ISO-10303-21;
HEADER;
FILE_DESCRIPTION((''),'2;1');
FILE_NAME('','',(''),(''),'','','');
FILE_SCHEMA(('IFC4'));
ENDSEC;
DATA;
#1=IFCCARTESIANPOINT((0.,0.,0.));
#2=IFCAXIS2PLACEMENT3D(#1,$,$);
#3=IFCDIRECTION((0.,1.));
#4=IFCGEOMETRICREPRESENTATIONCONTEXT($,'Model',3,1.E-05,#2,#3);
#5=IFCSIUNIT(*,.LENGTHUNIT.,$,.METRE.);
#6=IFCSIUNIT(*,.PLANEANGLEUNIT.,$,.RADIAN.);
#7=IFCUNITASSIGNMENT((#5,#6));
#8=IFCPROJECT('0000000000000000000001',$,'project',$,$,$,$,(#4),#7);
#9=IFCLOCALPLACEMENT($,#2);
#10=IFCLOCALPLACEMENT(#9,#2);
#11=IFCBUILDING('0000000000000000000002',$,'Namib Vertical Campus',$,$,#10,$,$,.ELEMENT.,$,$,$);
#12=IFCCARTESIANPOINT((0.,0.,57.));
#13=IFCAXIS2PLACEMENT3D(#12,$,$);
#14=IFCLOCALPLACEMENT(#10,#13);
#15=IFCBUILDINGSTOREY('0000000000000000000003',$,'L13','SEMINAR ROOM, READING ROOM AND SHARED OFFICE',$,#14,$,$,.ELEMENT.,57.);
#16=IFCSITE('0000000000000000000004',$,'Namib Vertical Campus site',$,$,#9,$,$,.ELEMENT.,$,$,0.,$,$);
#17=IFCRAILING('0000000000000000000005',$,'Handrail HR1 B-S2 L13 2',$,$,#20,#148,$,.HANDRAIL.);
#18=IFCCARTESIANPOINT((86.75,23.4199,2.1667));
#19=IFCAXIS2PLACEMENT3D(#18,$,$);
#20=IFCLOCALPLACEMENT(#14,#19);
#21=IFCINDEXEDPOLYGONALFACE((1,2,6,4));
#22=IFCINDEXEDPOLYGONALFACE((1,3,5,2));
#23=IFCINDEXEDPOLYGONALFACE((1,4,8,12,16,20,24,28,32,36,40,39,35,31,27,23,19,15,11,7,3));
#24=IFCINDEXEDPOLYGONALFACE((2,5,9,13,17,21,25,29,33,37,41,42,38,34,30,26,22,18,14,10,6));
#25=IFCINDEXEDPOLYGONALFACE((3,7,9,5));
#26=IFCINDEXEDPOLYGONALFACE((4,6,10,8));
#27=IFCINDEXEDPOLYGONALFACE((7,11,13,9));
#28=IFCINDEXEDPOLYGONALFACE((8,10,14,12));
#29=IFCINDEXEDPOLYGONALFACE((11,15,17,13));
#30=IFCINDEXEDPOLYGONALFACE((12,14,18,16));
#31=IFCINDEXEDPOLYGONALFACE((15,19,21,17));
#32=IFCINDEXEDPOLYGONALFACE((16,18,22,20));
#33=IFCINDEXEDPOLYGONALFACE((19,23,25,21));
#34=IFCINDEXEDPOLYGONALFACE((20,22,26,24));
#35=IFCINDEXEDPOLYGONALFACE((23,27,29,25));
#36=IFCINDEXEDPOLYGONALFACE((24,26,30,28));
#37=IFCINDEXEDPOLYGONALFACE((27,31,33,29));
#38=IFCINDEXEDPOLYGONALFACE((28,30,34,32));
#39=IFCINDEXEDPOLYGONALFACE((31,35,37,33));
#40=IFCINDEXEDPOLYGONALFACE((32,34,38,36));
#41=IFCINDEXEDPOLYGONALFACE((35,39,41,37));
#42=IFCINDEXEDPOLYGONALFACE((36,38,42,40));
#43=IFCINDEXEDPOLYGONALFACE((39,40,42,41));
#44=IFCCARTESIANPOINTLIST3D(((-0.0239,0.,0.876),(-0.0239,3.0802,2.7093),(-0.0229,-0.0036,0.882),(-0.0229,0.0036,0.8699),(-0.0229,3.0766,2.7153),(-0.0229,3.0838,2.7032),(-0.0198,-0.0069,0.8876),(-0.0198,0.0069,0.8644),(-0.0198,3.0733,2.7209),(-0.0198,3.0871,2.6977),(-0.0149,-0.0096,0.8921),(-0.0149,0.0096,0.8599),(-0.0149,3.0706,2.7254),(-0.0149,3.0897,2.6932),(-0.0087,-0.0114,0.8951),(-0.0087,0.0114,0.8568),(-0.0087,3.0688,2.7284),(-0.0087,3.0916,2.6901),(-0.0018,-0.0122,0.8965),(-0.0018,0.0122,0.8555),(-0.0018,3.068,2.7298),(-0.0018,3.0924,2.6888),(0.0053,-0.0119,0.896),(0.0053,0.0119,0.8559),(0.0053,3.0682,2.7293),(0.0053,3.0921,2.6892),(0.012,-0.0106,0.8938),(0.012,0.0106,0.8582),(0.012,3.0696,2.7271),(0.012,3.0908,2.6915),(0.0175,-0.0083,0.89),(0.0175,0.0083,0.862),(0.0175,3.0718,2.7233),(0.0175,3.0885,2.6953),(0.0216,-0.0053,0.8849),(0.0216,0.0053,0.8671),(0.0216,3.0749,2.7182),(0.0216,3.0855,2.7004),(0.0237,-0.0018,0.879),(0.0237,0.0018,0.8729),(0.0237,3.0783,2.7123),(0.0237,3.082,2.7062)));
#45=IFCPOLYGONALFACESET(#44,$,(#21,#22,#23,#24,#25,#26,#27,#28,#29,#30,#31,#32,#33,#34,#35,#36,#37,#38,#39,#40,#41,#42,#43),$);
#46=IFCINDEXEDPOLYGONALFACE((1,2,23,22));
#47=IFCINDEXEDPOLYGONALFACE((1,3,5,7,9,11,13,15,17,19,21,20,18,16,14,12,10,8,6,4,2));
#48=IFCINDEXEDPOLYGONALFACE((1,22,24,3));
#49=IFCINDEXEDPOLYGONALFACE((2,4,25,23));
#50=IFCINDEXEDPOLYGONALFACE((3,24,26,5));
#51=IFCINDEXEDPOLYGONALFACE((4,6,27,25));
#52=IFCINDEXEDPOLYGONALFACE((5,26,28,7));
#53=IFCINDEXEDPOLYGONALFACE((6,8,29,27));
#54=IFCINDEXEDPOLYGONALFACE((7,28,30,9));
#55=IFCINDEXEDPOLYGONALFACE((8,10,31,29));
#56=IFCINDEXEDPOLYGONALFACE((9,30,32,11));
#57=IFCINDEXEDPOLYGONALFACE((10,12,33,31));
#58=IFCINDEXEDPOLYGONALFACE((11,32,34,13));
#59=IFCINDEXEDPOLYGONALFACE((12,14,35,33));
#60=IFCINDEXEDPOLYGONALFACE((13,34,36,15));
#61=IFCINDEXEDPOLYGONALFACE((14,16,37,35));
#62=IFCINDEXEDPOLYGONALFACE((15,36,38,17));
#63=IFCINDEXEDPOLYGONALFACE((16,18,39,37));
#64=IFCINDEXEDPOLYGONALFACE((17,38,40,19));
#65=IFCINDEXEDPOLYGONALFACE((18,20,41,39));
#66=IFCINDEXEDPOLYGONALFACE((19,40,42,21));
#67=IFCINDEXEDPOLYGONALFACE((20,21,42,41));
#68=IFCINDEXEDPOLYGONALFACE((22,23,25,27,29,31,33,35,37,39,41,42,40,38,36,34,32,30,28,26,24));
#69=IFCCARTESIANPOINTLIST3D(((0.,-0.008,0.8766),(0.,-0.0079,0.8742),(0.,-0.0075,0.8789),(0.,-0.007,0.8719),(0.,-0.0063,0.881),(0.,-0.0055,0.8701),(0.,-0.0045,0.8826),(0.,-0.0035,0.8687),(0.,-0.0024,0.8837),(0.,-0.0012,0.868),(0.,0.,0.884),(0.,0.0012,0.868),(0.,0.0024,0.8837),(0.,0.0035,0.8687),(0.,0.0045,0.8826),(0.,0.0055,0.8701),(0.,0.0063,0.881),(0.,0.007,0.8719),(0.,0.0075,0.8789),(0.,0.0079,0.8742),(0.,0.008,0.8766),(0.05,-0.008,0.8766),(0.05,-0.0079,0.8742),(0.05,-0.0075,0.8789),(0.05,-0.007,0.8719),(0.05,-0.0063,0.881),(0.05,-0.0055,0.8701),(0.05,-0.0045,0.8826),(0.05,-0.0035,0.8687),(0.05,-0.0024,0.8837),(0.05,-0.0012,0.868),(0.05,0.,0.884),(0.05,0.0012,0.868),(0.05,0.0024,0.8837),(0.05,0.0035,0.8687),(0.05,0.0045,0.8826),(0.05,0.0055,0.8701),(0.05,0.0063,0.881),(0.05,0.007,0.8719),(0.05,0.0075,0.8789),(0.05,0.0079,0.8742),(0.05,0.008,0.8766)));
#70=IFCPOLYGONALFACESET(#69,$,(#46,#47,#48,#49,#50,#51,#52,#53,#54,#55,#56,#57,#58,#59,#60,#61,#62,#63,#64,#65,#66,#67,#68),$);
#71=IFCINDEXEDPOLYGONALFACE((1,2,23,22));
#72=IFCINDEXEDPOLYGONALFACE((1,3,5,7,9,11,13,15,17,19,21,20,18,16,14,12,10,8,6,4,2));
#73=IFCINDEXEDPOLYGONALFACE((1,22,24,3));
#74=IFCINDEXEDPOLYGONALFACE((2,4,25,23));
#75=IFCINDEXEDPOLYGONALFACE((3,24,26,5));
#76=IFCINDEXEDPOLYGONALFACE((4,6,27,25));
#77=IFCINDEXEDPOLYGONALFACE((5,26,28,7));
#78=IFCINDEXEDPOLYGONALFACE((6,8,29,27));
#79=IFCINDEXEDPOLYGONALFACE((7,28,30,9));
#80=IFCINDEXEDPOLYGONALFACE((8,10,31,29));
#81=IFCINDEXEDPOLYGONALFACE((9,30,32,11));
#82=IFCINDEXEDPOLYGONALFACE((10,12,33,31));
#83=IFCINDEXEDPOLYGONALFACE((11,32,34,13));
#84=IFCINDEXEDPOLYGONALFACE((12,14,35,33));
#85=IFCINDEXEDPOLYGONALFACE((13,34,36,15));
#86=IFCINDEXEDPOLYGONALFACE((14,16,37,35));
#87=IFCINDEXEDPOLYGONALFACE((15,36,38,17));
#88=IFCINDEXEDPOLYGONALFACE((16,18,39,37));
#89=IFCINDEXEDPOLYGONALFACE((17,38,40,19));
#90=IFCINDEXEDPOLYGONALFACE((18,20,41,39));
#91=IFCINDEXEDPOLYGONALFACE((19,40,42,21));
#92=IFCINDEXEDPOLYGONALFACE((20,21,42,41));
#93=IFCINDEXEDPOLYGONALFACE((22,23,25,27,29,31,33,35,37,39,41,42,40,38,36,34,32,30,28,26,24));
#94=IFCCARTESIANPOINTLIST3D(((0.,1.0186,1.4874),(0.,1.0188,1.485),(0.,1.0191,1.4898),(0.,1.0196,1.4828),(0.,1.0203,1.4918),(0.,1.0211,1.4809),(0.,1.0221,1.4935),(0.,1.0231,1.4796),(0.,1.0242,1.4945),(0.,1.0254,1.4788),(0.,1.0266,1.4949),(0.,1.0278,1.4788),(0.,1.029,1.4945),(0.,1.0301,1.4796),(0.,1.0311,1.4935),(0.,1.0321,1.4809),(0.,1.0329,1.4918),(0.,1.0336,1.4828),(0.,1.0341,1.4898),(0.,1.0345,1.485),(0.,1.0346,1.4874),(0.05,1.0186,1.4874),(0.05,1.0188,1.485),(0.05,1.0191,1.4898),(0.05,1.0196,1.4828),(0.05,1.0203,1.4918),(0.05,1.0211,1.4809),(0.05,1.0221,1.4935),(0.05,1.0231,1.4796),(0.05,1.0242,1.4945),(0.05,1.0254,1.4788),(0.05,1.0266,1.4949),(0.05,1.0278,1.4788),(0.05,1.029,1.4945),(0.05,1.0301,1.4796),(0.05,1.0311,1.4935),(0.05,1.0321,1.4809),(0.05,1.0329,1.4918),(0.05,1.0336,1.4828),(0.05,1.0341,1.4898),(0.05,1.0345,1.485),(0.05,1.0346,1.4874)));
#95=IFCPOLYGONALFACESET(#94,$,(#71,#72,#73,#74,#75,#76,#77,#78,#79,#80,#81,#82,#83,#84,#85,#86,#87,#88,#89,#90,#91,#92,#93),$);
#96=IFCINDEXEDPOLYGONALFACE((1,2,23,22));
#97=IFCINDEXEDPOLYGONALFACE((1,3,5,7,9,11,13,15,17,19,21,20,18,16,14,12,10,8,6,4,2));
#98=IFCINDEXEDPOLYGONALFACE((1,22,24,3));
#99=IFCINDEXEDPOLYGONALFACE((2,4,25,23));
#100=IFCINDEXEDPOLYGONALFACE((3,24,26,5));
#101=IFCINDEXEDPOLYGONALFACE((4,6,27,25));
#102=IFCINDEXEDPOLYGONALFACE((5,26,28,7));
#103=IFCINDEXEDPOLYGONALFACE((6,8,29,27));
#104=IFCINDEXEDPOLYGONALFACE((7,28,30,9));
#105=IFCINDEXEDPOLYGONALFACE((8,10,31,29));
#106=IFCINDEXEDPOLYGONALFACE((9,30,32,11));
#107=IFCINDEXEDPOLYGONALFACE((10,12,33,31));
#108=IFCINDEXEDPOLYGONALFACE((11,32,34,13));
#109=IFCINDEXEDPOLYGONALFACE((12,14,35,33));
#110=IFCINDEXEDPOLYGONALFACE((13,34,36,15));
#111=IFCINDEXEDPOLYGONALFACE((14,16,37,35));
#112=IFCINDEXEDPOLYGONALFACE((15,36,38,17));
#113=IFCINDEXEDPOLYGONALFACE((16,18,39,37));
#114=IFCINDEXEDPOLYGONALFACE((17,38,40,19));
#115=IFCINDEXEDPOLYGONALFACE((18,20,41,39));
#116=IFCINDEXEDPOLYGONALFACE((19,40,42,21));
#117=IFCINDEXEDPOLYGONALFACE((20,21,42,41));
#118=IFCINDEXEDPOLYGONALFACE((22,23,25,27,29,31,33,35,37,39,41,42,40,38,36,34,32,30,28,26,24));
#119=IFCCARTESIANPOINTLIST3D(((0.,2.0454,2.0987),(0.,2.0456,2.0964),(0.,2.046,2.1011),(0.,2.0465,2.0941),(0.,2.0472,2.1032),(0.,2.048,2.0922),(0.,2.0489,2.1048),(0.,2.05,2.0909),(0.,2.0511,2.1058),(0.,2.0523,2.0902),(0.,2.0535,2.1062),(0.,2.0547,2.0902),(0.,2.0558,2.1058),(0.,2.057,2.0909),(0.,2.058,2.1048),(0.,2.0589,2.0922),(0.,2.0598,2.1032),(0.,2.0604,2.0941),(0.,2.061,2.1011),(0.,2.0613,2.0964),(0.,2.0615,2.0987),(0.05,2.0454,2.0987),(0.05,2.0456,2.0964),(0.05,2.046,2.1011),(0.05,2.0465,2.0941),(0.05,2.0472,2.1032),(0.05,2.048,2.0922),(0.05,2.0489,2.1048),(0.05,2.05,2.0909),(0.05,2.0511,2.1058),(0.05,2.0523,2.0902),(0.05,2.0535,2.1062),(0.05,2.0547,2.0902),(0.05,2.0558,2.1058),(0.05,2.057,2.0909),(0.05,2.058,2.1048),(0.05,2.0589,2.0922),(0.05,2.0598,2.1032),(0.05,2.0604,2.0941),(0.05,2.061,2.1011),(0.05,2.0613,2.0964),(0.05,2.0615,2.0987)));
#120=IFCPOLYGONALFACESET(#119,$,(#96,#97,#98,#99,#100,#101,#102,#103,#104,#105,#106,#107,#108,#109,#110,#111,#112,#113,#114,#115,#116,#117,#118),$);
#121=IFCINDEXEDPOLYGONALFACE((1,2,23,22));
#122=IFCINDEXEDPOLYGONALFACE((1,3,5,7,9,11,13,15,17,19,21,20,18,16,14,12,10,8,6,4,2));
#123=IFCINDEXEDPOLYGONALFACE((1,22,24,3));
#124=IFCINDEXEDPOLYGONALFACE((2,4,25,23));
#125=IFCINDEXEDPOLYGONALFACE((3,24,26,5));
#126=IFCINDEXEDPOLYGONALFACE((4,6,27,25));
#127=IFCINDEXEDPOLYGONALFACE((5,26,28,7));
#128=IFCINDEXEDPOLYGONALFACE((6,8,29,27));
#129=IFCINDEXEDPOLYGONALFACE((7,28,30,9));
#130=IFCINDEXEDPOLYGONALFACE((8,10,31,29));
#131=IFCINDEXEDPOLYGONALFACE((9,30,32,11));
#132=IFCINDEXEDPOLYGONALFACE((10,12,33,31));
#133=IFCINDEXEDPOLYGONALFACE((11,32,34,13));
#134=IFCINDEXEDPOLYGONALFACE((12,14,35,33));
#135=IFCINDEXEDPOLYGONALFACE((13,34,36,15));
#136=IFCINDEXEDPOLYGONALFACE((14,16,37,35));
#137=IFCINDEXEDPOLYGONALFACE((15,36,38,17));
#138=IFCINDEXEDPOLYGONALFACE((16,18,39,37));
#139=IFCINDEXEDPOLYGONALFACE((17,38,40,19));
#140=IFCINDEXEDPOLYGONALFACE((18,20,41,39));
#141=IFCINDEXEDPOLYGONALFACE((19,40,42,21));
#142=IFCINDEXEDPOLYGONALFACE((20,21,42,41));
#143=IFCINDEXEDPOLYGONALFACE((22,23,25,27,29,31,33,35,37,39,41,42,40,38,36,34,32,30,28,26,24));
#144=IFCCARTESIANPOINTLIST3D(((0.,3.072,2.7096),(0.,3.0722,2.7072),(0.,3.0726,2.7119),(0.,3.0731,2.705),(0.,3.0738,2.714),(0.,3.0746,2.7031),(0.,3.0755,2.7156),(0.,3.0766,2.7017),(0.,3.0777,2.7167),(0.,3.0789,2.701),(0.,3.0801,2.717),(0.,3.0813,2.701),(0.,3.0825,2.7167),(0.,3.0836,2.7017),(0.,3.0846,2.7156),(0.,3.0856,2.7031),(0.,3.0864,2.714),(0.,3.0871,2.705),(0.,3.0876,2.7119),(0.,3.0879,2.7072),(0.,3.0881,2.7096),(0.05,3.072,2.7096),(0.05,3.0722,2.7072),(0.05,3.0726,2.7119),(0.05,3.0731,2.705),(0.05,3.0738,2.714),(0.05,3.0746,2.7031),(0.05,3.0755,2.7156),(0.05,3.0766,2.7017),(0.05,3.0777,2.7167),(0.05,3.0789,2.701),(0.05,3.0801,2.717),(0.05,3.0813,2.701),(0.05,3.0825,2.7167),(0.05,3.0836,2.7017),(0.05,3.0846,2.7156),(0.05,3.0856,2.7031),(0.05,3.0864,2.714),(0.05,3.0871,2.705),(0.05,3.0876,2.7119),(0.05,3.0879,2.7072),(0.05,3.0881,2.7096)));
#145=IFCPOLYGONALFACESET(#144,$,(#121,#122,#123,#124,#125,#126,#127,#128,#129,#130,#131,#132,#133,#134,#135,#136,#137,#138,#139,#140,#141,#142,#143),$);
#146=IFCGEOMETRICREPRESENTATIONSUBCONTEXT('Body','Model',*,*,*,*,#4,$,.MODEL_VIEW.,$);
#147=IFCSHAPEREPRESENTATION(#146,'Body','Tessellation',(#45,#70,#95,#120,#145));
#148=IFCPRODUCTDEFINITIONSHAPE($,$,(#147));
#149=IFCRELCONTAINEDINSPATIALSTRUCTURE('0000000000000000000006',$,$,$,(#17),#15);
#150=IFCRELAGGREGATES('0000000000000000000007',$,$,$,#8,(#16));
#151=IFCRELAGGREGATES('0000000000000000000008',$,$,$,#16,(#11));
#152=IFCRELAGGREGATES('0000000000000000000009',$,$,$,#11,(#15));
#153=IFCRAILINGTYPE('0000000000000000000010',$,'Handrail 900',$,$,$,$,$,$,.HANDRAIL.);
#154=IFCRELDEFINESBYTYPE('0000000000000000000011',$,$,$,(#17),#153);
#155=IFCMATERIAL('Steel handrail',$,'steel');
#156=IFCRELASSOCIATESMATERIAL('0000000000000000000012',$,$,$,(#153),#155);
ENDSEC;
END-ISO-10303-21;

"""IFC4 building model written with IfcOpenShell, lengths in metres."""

from ifc_helpers import new_model, si_unit, direction, frame, origin, origin_2d, place, context, subcontext, project, spatial, circle, extrude, material, type_object, element, save


model = new_model("IFC4")

# Units and contexts
model_context = context("Model", 3, precision=1e-05, world=origin(), true_north=direction((0.0, 1.0)))
body_context = subcontext(model_context, "Body", "Model", "MODEL_VIEW")
ifc_project = project(units=[si_unit("LENGTHUNIT", "METRE"), si_unit("PLANEANGLEUNIT", "RADIAN")], contexts=[model_context])

# Site, building, storey
site_placement = place(None, origin())
site = spatial("IfcSite", under=ifc_project, at=site_placement, Name="Namib Vertical Campus site", CompositionType="ELEMENT", RefElevation=0.0)
building_placement = place(site_placement, origin())
building = spatial("IfcBuilding", under=site, at=building_placement, Name="Namib Vertical Campus", CompositionType="ELEMENT")
storey_placement = place(building_placement, frame((0.0, 0.0, 57.0)))
storey = spatial("IfcBuildingStorey", under=building, at=storey_placement, Name="L13", Description="SEMINAR ROOM, READING ROOM AND SHARED OFFICE", CompositionType="ELEMENT", Elevation=57.0)

# Railing
ifc_material_1 = material(Name="Steel handrail", Category="steel")
railing_type_1 = type_object("IfcRailingType", Name="Handrail 900", PredefinedType="HANDRAIL", material=ifc_material_1)
railing_1_placement = place(storey_placement, frame((86.75, 23.4199, 2.1667)))
element("IfcRailing", 1, at=railing_1_placement, inside=storey, type_object=railing_type_1, Name="Handrail HR1 B-S2 L13 2", PredefinedType="HANDRAIL", context=body_context, shape_type="SweptSolid", body=[
    extrude(circle(Radius=0.0239, at=origin_2d()), frame((0.0, 0.0, 0.876), z_axis=(0.0, 0.859309, 0.511458), x_axis=(-1.0, 0.0, 0.0)), (0.0, 0.0, 1.0), 3.5845),
    extrude(circle(Radius=0.0081, at=origin_2d()), frame((0.0, 0.0, 0.876), z_axis=(1.0, 0.0, 0.0), x_axis=(0.0, 0.0, 1.0)), (0.0, 0.0, 1.0), 0.05),
    extrude(circle(Radius=0.0081, at=origin_2d()), frame((0.0, 1.0266, 1.4868), z_axis=(1.0, 0.0, 0.0), x_axis=(0.0, 0.0, 1.0)), (0.0, 0.0, 1.0), 0.05),
    extrude(circle(Radius=0.0081, at=origin_2d()), frame((0.0, 2.0535, 2.0981), z_axis=(1.0, 0.0, 0.0), x_axis=(0.0, 0.0, 1.0)), (0.0, 0.0, 1.0), 0.05),
    extrude(circle(Radius=0.0081, at=origin_2d()), frame((0.0, 3.0801, 2.709), z_axis=(1.0, 0.0, 0.0), x_axis=(0.0, 0.0, 1.0)), (0.0, 0.0, 1.0), 0.05),
])

save(model, "model.ifc")
